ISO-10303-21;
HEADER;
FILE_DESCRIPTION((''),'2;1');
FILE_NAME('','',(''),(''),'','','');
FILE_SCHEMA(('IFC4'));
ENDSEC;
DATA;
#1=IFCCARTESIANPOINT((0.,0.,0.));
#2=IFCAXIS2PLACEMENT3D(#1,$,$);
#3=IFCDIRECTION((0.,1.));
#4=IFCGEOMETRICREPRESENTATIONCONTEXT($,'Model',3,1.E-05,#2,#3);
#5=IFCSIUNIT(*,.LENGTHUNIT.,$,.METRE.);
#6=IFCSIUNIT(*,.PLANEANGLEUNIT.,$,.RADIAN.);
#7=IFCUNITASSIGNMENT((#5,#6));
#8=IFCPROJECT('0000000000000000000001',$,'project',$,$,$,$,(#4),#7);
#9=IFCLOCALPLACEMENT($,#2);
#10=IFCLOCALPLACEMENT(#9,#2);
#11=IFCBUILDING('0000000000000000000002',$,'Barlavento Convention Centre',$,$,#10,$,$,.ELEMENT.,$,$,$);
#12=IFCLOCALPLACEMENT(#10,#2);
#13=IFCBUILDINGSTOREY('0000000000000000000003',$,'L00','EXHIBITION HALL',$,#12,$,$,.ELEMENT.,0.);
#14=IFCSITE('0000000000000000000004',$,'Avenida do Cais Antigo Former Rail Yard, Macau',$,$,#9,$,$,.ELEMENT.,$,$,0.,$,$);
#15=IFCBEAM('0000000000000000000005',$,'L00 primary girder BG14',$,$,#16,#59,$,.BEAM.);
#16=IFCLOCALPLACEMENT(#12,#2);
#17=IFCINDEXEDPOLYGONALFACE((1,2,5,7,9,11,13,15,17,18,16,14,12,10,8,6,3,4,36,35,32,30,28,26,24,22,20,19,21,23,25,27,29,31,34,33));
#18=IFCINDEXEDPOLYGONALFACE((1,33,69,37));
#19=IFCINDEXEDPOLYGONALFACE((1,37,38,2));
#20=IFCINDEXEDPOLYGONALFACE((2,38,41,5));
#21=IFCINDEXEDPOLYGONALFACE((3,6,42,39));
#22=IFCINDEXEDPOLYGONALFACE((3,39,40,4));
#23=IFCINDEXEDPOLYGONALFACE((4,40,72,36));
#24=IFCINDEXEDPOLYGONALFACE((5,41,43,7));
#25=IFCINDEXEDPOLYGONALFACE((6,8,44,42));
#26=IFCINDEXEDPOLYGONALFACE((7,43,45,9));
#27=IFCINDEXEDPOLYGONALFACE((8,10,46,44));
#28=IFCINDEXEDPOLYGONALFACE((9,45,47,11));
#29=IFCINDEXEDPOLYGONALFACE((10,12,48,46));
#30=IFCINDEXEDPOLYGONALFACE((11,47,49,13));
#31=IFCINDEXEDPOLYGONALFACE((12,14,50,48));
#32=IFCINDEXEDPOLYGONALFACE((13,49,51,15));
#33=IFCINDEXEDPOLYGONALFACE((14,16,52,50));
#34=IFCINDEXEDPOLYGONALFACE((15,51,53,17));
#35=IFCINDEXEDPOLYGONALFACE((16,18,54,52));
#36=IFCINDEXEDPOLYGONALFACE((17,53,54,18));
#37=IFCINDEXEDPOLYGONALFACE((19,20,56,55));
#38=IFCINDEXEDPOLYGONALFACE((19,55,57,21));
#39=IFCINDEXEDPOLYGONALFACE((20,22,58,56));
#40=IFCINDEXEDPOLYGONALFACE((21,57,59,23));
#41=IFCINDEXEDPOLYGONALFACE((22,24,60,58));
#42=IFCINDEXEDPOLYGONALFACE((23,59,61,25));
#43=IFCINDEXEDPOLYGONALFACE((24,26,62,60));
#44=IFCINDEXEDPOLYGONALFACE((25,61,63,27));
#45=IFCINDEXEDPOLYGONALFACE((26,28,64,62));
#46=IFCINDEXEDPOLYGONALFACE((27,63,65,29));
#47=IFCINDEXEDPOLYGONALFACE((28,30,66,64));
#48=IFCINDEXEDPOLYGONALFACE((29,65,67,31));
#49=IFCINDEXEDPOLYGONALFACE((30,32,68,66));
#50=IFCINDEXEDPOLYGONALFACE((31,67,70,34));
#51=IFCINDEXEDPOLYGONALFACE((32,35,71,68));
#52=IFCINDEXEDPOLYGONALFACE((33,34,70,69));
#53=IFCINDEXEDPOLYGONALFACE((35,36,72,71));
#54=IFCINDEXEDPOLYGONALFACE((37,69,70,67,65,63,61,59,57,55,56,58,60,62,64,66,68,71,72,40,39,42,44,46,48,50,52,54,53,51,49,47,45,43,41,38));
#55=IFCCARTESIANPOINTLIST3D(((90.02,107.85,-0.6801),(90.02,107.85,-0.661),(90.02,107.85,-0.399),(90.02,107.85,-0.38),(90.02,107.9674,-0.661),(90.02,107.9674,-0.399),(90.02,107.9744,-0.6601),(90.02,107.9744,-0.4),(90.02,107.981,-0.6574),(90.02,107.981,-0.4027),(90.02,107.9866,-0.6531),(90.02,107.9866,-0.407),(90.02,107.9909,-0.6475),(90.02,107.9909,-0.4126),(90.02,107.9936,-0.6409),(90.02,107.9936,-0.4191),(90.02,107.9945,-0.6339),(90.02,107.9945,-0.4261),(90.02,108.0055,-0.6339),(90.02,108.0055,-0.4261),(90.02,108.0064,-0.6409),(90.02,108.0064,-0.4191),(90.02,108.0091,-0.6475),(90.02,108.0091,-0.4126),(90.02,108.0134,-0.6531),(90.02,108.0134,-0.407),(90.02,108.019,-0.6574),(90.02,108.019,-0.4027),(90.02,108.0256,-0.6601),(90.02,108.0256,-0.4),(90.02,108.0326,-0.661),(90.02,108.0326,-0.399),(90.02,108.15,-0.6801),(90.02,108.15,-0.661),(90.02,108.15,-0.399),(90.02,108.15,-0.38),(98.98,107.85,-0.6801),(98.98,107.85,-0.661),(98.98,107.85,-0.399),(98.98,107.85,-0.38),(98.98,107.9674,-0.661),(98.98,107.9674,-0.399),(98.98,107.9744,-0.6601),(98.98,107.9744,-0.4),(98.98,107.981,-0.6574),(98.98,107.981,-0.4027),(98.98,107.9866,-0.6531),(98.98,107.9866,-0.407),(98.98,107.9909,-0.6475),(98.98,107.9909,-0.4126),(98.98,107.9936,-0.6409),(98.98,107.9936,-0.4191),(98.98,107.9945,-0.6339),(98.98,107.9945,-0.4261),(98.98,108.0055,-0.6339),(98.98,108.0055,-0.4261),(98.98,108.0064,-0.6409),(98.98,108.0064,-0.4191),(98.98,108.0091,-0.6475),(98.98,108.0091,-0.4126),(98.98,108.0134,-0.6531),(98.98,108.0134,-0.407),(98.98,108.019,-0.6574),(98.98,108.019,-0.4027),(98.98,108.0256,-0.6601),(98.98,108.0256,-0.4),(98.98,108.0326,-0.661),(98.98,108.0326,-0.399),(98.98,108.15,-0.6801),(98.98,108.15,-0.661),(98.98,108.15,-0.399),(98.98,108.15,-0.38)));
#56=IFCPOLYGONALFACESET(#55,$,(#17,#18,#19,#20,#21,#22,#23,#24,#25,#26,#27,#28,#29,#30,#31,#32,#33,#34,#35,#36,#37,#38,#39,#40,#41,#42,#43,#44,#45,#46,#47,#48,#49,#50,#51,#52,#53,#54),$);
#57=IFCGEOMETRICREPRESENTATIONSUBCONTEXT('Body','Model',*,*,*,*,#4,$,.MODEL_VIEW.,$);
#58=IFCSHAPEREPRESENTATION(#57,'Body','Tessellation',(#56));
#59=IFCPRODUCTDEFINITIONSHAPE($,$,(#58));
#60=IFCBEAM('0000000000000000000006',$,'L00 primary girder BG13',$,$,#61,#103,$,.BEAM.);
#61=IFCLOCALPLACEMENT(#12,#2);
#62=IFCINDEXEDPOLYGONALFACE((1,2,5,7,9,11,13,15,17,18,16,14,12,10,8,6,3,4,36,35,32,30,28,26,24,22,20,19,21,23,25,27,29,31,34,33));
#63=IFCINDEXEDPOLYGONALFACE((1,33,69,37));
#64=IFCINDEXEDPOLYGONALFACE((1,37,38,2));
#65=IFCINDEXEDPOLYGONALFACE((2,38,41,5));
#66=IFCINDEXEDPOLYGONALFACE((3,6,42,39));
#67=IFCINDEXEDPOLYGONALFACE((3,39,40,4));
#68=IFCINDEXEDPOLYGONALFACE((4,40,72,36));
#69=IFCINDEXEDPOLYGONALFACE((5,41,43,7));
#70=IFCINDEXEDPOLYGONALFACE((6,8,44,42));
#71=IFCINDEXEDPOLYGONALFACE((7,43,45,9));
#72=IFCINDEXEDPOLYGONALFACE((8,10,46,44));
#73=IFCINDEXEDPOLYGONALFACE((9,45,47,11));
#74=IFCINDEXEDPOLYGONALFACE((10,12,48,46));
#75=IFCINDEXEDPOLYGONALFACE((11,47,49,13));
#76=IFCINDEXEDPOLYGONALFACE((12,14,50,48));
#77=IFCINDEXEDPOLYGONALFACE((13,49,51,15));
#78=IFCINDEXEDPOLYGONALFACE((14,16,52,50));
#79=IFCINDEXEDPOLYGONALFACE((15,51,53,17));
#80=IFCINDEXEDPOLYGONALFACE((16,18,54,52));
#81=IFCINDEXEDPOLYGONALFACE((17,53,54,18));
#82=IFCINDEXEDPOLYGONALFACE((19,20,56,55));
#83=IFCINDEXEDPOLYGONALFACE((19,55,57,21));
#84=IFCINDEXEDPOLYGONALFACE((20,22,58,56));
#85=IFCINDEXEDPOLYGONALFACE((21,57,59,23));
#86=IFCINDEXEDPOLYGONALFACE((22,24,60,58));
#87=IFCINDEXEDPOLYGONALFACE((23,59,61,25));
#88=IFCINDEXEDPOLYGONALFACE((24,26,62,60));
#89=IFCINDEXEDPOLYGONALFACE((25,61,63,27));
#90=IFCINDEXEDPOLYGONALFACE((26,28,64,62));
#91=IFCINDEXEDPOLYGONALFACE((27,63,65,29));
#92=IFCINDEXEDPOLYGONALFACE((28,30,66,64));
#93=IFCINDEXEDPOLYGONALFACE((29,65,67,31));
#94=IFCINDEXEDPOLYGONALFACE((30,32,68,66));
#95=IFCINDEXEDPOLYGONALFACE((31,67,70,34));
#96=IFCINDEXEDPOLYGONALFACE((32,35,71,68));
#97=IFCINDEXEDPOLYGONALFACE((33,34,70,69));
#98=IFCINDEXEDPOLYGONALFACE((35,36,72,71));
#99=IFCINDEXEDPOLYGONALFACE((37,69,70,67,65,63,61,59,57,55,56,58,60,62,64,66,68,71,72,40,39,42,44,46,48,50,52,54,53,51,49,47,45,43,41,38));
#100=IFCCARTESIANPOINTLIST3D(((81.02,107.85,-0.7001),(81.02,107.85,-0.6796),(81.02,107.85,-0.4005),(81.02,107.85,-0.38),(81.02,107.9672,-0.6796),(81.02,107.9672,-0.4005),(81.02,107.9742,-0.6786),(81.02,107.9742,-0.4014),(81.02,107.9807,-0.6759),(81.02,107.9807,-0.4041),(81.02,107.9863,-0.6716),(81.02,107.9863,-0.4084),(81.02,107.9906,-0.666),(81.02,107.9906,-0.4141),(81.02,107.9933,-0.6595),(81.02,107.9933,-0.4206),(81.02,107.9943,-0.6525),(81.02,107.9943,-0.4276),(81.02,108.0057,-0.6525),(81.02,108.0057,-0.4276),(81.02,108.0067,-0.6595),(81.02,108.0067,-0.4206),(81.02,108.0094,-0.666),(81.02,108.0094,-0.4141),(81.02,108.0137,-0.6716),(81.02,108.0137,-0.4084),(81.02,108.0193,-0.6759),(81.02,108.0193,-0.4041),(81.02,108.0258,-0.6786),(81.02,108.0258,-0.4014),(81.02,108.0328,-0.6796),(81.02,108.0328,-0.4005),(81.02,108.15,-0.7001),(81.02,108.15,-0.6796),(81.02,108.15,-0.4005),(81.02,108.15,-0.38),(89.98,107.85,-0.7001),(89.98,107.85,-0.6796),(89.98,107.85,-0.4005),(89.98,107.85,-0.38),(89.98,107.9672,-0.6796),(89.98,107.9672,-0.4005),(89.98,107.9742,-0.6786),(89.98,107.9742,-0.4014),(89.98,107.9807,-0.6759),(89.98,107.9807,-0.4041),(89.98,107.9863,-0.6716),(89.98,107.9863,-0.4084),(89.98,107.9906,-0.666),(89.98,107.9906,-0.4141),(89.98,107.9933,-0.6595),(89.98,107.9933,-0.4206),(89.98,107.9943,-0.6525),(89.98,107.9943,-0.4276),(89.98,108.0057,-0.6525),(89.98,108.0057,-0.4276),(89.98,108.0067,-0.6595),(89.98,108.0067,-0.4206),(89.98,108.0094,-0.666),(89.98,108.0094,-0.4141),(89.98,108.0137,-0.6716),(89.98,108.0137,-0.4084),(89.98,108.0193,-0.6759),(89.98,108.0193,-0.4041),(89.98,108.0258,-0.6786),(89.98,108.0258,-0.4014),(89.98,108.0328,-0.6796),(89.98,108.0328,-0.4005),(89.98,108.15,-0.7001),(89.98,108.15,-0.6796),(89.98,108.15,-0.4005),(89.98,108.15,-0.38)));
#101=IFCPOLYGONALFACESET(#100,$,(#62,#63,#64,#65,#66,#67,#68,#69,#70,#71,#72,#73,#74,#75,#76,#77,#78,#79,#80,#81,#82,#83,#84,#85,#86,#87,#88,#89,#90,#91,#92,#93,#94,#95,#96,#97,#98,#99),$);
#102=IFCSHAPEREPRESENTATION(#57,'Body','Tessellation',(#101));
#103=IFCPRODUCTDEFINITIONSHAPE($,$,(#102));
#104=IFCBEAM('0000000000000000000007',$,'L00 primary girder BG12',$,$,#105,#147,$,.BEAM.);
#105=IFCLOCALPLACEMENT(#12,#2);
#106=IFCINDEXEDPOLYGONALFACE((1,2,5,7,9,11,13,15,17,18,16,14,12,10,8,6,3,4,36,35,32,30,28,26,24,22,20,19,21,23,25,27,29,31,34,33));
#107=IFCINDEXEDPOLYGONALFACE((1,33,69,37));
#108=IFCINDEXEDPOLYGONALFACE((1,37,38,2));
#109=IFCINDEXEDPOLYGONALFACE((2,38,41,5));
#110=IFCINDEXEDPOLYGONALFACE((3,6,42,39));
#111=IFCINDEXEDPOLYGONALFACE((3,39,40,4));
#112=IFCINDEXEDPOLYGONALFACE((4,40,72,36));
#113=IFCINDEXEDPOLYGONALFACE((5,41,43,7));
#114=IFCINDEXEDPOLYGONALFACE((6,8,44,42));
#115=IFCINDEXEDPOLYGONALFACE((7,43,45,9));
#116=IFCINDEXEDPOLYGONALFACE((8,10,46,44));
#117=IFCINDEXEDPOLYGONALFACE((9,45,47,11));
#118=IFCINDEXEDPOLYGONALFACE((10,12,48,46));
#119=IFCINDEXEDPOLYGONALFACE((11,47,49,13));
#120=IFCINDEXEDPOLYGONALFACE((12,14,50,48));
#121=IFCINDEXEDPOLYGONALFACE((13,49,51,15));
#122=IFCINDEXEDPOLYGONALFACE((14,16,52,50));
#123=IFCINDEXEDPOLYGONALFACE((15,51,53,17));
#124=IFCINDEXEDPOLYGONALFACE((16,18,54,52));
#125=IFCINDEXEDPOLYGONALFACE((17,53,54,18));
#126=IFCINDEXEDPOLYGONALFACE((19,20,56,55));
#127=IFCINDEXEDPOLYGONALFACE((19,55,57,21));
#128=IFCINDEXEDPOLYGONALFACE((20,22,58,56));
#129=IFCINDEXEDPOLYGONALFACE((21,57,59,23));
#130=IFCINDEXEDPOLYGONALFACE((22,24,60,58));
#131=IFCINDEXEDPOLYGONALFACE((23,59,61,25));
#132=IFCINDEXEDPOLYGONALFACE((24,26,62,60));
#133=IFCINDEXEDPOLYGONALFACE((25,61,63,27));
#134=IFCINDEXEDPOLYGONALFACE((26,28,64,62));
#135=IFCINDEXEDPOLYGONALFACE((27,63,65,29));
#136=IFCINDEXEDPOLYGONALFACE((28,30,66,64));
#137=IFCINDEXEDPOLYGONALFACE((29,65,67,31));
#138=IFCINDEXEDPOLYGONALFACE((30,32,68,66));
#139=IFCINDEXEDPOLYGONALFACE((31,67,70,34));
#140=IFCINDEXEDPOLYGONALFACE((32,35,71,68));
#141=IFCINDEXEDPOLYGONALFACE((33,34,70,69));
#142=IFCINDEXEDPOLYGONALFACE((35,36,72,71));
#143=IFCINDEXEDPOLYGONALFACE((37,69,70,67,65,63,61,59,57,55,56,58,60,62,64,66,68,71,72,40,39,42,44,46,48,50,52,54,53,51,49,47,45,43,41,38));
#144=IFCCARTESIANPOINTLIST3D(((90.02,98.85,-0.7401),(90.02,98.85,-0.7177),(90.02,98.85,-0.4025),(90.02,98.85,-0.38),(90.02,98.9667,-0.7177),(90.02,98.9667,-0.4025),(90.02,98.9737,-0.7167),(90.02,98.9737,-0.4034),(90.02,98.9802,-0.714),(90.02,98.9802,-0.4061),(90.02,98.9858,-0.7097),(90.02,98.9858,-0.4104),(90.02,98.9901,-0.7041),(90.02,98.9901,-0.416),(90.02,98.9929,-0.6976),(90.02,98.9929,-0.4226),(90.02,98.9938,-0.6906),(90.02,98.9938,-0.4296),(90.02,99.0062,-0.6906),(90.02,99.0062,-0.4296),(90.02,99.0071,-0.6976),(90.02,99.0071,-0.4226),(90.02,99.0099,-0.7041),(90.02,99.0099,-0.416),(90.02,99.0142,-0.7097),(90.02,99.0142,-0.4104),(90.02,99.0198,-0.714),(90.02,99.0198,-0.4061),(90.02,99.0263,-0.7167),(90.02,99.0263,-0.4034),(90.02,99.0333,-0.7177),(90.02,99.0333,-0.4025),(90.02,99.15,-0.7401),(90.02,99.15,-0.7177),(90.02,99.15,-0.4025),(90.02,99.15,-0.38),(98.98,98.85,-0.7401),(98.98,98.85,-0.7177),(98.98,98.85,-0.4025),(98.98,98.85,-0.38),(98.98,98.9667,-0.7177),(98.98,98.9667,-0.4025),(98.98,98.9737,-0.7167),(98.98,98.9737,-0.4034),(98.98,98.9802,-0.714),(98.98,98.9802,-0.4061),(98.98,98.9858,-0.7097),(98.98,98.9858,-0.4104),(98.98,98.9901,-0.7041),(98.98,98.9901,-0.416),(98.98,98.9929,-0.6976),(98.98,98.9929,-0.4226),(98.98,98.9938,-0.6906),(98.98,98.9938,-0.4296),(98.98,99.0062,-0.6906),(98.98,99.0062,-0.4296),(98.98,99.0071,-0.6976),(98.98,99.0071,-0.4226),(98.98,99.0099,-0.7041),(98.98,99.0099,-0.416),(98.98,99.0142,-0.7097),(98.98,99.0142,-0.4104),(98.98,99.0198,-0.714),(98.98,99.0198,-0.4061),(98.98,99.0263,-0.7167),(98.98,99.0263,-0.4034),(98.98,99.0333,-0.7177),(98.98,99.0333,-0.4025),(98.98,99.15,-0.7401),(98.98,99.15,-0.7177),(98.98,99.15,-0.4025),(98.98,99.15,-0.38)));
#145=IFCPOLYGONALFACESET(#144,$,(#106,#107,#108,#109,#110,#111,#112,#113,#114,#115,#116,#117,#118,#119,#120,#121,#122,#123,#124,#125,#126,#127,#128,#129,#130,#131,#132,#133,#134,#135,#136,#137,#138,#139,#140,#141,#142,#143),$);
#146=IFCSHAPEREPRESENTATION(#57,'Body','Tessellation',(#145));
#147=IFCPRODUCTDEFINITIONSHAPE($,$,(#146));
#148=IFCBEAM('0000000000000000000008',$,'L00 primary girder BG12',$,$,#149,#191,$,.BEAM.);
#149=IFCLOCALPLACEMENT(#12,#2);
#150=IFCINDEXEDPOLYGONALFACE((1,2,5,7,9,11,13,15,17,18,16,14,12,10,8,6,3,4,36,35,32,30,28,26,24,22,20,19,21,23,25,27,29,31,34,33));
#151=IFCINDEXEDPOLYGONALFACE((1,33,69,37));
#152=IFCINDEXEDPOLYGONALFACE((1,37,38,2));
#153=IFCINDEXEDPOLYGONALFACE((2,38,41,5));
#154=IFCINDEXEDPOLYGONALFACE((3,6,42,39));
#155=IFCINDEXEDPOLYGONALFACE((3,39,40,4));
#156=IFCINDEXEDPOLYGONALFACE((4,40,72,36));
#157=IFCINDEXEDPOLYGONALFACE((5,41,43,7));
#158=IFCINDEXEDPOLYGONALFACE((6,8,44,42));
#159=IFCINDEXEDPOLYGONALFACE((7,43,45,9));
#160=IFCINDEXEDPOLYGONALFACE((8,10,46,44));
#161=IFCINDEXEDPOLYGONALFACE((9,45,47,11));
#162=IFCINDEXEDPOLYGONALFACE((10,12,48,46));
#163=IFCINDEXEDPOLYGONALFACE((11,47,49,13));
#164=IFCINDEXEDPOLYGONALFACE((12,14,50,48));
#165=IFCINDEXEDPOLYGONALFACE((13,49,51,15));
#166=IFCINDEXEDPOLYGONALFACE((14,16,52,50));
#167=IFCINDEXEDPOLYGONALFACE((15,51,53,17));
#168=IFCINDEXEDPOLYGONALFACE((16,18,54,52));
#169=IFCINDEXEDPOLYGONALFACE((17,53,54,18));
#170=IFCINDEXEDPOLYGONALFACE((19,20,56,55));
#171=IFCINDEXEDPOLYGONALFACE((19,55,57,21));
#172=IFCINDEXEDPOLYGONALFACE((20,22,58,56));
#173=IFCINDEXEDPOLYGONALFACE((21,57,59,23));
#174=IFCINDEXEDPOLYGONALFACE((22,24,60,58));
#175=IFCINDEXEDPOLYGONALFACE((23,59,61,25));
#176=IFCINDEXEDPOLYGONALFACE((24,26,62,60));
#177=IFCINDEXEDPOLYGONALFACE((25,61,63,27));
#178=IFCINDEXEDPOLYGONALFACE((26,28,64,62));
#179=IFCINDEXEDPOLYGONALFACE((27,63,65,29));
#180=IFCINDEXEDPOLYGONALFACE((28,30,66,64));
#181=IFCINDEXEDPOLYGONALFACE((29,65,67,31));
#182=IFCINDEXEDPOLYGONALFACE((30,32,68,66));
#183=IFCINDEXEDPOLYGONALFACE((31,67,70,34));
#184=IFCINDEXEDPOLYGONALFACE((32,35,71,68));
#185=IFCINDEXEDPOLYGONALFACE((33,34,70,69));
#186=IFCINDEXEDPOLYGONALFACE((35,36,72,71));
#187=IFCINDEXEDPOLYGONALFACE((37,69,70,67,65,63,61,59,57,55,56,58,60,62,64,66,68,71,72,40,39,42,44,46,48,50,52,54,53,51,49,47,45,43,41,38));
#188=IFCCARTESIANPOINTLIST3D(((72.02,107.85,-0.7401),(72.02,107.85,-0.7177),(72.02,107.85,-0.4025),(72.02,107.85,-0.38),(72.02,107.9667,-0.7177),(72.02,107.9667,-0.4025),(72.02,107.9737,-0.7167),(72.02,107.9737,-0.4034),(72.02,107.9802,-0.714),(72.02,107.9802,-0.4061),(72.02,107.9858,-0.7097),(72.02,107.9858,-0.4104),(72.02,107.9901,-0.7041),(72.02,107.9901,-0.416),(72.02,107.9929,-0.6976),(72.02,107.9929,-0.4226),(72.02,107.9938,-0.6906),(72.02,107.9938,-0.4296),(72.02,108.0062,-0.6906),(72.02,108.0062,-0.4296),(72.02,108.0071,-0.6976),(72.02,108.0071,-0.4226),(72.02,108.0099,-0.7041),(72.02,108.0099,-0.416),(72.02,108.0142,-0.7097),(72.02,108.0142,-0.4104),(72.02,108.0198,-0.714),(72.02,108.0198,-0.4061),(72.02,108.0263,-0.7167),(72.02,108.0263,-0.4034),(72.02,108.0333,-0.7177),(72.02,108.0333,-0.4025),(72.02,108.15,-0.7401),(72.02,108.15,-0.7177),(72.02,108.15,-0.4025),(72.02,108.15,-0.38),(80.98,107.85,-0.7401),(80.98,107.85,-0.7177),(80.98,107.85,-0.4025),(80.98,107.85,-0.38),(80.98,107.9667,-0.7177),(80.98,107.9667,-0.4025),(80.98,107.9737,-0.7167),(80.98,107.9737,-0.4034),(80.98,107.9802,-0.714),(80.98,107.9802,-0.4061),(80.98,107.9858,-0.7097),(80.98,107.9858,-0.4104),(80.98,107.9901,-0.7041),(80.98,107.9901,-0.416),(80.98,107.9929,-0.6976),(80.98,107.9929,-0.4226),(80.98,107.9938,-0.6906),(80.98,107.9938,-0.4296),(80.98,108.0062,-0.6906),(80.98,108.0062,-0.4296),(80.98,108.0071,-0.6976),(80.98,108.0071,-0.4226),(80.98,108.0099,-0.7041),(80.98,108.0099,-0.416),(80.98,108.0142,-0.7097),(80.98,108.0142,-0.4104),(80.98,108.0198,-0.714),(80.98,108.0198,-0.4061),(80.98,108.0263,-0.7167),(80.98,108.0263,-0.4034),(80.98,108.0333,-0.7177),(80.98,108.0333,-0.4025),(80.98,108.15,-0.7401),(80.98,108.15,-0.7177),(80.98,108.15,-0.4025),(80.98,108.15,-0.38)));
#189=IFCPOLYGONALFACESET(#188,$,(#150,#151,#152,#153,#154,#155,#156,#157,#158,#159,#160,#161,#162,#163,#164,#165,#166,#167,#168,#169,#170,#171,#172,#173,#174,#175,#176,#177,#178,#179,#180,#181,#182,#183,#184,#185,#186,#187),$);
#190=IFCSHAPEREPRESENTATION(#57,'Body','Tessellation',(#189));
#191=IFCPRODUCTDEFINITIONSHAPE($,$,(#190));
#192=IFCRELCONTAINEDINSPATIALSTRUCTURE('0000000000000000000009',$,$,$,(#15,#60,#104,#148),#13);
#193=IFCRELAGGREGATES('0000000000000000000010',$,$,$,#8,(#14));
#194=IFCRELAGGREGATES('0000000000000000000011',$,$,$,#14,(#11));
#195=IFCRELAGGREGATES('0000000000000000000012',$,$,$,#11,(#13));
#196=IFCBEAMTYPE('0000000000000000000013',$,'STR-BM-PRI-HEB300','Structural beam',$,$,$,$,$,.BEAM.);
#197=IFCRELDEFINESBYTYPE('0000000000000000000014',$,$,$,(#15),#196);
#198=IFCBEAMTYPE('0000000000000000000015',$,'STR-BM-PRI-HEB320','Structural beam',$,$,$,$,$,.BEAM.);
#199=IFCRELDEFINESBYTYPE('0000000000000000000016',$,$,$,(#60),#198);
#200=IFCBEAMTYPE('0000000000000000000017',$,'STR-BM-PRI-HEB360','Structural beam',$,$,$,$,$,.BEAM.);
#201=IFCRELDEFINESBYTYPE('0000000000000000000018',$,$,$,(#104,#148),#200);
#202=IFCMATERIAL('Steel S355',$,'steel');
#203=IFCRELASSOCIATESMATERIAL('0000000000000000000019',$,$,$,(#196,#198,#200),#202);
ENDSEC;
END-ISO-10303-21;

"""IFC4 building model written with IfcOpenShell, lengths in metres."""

from ifc_helpers import new_model, si_unit, direction, frame, origin, origin_2d, place, context, subcontext, project, spatial, i_section, extrude, material, material_profile, profile_set, type_object, element, save


model = new_model("IFC4")

# Units and contexts
model_context = context("Model", 3, precision=1e-05, world=origin(), true_north=direction((0.0, 1.0)))
body_context = subcontext(model_context, "Body", "Model", "MODEL_VIEW")
ifc_project = project(units=[si_unit("LENGTHUNIT", "METRE"), si_unit("PLANEANGLEUNIT", "RADIAN")], contexts=[model_context])

# Site, building, storey
site_placement = place(None, origin())
site = spatial("IfcSite", under=ifc_project, at=site_placement, Name="Avenida do Cais Antigo Former Rail Yard, Macau", CompositionType="ELEMENT", RefElevation=0.0)
building_placement = place(site_placement, origin())
building = spatial("IfcBuilding", under=site, at=building_placement, Name="Barlavento Convention Centre", CompositionType="ELEMENT")
storey_placement = place(building_placement, origin())
storey = spatial("IfcBuildingStorey", under=building, at=storey_placement, Name="L00", Description="EXHIBITION HALL", CompositionType="ELEMENT", Elevation=0.0)

# Beams
ifc_material = material(Name="Steel S355", Category="steel")
ifc_material_profile_1 = material_profile(ifc_material, i_section(OverallWidth=0.3, OverallDepth=0.3, WebThickness=0.011, FlangeThickness=0.019, FilletRadius=0.0271, at=origin_2d()), Name="HEB 300")
ifc_profile_set_1 = profile_set([ifc_material_profile_1], Name="Steel S355")
beam_type_1 = type_object("IfcBeamType", Name="STR-BM-PRI-HEB300", Description="Structural beam", PredefinedType="BEAM", material=ifc_profile_set_1)
beam_1_placement = place(storey_placement, frame((90.02, 108.0, -0.53), z_axis=(1.0, 0.0, 0.0), x_axis=(0.0, 1.0, 0.0)))
element("IfcBeam", 1, at=beam_1_placement, inside=storey, type_object=beam_type_1, Name="L00 primary girder BG14", PredefinedType="BEAM", context=body_context, shape_type="SweptSolid", body=[
    extrude(i_section(OverallWidth=0.3, OverallDepth=0.3, WebThickness=0.011, FlangeThickness=0.019, FilletRadius=0.0271, at=origin_2d()), origin(), (0.0, 0.0, 1.0), 8.96),
])
ifc_material_profile_2 = material_profile(ifc_material, i_section(OverallWidth=0.3, OverallDepth=0.3201, WebThickness=0.0115, FlangeThickness=0.0205, FilletRadius=0.0271, at=origin_2d()), Name="HEB 320")
ifc_profile_set_2 = profile_set([ifc_material_profile_2], Name="Steel S355")
beam_type_2 = type_object("IfcBeamType", Name="STR-BM-PRI-HEB320", Description="Structural beam", PredefinedType="BEAM", material=ifc_profile_set_2)
beam_2_placement = place(storey_placement, frame((81.02, 108.0, -0.54), z_axis=(1.0, 0.0, 0.0), x_axis=(0.0, 1.0, 0.0)))
element("IfcBeam", 2, at=beam_2_placement, inside=storey, type_object=beam_type_2, Name="L00 primary girder BG13", PredefinedType="BEAM", context=body_context, shape_type="SweptSolid", body=[
    extrude(i_section(OverallWidth=0.3, OverallDepth=0.3201, WebThickness=0.0115, FlangeThickness=0.0205, FilletRadius=0.0271, at=origin_2d()), origin(), (0.0, 0.0, 1.0), 8.96),
])
ifc_material_profile_3 = material_profile(ifc_material, i_section(OverallWidth=0.3, OverallDepth=0.3601, WebThickness=0.0125, FlangeThickness=0.0225, FilletRadius=0.0271, at=origin_2d()), Name="HEB 360")
ifc_profile_set_3 = profile_set([ifc_material_profile_3], Name="Steel S355")
beam_type_3 = type_object("IfcBeamType", Name="STR-BM-PRI-HEB360", Description="Structural beam", PredefinedType="BEAM", material=ifc_profile_set_3)
for number, where, z_axis, x_axis, name in (
    (3, (90.02, 99.0, -0.5601), (1.0, 0.0, 0.0), (0.0, 1.0, 0.0), "L00 primary girder BG12"),
    (4, (72.02, 108.0, -0.5601), (1.0, 0.0, 0.0), (0.0, 1.0, 0.0), "L00 primary girder BG12"),
):
    element("IfcBeam", number, at=place(storey_placement, frame(where, z_axis=z_axis, x_axis=x_axis)), inside=storey, type_object=beam_type_3, Name=name, PredefinedType="BEAM", context=body_context, shape_type="SweptSolid", body=[
        extrude(i_section(OverallWidth=0.3, OverallDepth=0.3601, WebThickness=0.0125, FlangeThickness=0.0225, FilletRadius=0.0271, at=origin_2d()), origin(), (0.0, 0.0, 1.0), 8.96),
    ])

save(model, "model.ifc")
